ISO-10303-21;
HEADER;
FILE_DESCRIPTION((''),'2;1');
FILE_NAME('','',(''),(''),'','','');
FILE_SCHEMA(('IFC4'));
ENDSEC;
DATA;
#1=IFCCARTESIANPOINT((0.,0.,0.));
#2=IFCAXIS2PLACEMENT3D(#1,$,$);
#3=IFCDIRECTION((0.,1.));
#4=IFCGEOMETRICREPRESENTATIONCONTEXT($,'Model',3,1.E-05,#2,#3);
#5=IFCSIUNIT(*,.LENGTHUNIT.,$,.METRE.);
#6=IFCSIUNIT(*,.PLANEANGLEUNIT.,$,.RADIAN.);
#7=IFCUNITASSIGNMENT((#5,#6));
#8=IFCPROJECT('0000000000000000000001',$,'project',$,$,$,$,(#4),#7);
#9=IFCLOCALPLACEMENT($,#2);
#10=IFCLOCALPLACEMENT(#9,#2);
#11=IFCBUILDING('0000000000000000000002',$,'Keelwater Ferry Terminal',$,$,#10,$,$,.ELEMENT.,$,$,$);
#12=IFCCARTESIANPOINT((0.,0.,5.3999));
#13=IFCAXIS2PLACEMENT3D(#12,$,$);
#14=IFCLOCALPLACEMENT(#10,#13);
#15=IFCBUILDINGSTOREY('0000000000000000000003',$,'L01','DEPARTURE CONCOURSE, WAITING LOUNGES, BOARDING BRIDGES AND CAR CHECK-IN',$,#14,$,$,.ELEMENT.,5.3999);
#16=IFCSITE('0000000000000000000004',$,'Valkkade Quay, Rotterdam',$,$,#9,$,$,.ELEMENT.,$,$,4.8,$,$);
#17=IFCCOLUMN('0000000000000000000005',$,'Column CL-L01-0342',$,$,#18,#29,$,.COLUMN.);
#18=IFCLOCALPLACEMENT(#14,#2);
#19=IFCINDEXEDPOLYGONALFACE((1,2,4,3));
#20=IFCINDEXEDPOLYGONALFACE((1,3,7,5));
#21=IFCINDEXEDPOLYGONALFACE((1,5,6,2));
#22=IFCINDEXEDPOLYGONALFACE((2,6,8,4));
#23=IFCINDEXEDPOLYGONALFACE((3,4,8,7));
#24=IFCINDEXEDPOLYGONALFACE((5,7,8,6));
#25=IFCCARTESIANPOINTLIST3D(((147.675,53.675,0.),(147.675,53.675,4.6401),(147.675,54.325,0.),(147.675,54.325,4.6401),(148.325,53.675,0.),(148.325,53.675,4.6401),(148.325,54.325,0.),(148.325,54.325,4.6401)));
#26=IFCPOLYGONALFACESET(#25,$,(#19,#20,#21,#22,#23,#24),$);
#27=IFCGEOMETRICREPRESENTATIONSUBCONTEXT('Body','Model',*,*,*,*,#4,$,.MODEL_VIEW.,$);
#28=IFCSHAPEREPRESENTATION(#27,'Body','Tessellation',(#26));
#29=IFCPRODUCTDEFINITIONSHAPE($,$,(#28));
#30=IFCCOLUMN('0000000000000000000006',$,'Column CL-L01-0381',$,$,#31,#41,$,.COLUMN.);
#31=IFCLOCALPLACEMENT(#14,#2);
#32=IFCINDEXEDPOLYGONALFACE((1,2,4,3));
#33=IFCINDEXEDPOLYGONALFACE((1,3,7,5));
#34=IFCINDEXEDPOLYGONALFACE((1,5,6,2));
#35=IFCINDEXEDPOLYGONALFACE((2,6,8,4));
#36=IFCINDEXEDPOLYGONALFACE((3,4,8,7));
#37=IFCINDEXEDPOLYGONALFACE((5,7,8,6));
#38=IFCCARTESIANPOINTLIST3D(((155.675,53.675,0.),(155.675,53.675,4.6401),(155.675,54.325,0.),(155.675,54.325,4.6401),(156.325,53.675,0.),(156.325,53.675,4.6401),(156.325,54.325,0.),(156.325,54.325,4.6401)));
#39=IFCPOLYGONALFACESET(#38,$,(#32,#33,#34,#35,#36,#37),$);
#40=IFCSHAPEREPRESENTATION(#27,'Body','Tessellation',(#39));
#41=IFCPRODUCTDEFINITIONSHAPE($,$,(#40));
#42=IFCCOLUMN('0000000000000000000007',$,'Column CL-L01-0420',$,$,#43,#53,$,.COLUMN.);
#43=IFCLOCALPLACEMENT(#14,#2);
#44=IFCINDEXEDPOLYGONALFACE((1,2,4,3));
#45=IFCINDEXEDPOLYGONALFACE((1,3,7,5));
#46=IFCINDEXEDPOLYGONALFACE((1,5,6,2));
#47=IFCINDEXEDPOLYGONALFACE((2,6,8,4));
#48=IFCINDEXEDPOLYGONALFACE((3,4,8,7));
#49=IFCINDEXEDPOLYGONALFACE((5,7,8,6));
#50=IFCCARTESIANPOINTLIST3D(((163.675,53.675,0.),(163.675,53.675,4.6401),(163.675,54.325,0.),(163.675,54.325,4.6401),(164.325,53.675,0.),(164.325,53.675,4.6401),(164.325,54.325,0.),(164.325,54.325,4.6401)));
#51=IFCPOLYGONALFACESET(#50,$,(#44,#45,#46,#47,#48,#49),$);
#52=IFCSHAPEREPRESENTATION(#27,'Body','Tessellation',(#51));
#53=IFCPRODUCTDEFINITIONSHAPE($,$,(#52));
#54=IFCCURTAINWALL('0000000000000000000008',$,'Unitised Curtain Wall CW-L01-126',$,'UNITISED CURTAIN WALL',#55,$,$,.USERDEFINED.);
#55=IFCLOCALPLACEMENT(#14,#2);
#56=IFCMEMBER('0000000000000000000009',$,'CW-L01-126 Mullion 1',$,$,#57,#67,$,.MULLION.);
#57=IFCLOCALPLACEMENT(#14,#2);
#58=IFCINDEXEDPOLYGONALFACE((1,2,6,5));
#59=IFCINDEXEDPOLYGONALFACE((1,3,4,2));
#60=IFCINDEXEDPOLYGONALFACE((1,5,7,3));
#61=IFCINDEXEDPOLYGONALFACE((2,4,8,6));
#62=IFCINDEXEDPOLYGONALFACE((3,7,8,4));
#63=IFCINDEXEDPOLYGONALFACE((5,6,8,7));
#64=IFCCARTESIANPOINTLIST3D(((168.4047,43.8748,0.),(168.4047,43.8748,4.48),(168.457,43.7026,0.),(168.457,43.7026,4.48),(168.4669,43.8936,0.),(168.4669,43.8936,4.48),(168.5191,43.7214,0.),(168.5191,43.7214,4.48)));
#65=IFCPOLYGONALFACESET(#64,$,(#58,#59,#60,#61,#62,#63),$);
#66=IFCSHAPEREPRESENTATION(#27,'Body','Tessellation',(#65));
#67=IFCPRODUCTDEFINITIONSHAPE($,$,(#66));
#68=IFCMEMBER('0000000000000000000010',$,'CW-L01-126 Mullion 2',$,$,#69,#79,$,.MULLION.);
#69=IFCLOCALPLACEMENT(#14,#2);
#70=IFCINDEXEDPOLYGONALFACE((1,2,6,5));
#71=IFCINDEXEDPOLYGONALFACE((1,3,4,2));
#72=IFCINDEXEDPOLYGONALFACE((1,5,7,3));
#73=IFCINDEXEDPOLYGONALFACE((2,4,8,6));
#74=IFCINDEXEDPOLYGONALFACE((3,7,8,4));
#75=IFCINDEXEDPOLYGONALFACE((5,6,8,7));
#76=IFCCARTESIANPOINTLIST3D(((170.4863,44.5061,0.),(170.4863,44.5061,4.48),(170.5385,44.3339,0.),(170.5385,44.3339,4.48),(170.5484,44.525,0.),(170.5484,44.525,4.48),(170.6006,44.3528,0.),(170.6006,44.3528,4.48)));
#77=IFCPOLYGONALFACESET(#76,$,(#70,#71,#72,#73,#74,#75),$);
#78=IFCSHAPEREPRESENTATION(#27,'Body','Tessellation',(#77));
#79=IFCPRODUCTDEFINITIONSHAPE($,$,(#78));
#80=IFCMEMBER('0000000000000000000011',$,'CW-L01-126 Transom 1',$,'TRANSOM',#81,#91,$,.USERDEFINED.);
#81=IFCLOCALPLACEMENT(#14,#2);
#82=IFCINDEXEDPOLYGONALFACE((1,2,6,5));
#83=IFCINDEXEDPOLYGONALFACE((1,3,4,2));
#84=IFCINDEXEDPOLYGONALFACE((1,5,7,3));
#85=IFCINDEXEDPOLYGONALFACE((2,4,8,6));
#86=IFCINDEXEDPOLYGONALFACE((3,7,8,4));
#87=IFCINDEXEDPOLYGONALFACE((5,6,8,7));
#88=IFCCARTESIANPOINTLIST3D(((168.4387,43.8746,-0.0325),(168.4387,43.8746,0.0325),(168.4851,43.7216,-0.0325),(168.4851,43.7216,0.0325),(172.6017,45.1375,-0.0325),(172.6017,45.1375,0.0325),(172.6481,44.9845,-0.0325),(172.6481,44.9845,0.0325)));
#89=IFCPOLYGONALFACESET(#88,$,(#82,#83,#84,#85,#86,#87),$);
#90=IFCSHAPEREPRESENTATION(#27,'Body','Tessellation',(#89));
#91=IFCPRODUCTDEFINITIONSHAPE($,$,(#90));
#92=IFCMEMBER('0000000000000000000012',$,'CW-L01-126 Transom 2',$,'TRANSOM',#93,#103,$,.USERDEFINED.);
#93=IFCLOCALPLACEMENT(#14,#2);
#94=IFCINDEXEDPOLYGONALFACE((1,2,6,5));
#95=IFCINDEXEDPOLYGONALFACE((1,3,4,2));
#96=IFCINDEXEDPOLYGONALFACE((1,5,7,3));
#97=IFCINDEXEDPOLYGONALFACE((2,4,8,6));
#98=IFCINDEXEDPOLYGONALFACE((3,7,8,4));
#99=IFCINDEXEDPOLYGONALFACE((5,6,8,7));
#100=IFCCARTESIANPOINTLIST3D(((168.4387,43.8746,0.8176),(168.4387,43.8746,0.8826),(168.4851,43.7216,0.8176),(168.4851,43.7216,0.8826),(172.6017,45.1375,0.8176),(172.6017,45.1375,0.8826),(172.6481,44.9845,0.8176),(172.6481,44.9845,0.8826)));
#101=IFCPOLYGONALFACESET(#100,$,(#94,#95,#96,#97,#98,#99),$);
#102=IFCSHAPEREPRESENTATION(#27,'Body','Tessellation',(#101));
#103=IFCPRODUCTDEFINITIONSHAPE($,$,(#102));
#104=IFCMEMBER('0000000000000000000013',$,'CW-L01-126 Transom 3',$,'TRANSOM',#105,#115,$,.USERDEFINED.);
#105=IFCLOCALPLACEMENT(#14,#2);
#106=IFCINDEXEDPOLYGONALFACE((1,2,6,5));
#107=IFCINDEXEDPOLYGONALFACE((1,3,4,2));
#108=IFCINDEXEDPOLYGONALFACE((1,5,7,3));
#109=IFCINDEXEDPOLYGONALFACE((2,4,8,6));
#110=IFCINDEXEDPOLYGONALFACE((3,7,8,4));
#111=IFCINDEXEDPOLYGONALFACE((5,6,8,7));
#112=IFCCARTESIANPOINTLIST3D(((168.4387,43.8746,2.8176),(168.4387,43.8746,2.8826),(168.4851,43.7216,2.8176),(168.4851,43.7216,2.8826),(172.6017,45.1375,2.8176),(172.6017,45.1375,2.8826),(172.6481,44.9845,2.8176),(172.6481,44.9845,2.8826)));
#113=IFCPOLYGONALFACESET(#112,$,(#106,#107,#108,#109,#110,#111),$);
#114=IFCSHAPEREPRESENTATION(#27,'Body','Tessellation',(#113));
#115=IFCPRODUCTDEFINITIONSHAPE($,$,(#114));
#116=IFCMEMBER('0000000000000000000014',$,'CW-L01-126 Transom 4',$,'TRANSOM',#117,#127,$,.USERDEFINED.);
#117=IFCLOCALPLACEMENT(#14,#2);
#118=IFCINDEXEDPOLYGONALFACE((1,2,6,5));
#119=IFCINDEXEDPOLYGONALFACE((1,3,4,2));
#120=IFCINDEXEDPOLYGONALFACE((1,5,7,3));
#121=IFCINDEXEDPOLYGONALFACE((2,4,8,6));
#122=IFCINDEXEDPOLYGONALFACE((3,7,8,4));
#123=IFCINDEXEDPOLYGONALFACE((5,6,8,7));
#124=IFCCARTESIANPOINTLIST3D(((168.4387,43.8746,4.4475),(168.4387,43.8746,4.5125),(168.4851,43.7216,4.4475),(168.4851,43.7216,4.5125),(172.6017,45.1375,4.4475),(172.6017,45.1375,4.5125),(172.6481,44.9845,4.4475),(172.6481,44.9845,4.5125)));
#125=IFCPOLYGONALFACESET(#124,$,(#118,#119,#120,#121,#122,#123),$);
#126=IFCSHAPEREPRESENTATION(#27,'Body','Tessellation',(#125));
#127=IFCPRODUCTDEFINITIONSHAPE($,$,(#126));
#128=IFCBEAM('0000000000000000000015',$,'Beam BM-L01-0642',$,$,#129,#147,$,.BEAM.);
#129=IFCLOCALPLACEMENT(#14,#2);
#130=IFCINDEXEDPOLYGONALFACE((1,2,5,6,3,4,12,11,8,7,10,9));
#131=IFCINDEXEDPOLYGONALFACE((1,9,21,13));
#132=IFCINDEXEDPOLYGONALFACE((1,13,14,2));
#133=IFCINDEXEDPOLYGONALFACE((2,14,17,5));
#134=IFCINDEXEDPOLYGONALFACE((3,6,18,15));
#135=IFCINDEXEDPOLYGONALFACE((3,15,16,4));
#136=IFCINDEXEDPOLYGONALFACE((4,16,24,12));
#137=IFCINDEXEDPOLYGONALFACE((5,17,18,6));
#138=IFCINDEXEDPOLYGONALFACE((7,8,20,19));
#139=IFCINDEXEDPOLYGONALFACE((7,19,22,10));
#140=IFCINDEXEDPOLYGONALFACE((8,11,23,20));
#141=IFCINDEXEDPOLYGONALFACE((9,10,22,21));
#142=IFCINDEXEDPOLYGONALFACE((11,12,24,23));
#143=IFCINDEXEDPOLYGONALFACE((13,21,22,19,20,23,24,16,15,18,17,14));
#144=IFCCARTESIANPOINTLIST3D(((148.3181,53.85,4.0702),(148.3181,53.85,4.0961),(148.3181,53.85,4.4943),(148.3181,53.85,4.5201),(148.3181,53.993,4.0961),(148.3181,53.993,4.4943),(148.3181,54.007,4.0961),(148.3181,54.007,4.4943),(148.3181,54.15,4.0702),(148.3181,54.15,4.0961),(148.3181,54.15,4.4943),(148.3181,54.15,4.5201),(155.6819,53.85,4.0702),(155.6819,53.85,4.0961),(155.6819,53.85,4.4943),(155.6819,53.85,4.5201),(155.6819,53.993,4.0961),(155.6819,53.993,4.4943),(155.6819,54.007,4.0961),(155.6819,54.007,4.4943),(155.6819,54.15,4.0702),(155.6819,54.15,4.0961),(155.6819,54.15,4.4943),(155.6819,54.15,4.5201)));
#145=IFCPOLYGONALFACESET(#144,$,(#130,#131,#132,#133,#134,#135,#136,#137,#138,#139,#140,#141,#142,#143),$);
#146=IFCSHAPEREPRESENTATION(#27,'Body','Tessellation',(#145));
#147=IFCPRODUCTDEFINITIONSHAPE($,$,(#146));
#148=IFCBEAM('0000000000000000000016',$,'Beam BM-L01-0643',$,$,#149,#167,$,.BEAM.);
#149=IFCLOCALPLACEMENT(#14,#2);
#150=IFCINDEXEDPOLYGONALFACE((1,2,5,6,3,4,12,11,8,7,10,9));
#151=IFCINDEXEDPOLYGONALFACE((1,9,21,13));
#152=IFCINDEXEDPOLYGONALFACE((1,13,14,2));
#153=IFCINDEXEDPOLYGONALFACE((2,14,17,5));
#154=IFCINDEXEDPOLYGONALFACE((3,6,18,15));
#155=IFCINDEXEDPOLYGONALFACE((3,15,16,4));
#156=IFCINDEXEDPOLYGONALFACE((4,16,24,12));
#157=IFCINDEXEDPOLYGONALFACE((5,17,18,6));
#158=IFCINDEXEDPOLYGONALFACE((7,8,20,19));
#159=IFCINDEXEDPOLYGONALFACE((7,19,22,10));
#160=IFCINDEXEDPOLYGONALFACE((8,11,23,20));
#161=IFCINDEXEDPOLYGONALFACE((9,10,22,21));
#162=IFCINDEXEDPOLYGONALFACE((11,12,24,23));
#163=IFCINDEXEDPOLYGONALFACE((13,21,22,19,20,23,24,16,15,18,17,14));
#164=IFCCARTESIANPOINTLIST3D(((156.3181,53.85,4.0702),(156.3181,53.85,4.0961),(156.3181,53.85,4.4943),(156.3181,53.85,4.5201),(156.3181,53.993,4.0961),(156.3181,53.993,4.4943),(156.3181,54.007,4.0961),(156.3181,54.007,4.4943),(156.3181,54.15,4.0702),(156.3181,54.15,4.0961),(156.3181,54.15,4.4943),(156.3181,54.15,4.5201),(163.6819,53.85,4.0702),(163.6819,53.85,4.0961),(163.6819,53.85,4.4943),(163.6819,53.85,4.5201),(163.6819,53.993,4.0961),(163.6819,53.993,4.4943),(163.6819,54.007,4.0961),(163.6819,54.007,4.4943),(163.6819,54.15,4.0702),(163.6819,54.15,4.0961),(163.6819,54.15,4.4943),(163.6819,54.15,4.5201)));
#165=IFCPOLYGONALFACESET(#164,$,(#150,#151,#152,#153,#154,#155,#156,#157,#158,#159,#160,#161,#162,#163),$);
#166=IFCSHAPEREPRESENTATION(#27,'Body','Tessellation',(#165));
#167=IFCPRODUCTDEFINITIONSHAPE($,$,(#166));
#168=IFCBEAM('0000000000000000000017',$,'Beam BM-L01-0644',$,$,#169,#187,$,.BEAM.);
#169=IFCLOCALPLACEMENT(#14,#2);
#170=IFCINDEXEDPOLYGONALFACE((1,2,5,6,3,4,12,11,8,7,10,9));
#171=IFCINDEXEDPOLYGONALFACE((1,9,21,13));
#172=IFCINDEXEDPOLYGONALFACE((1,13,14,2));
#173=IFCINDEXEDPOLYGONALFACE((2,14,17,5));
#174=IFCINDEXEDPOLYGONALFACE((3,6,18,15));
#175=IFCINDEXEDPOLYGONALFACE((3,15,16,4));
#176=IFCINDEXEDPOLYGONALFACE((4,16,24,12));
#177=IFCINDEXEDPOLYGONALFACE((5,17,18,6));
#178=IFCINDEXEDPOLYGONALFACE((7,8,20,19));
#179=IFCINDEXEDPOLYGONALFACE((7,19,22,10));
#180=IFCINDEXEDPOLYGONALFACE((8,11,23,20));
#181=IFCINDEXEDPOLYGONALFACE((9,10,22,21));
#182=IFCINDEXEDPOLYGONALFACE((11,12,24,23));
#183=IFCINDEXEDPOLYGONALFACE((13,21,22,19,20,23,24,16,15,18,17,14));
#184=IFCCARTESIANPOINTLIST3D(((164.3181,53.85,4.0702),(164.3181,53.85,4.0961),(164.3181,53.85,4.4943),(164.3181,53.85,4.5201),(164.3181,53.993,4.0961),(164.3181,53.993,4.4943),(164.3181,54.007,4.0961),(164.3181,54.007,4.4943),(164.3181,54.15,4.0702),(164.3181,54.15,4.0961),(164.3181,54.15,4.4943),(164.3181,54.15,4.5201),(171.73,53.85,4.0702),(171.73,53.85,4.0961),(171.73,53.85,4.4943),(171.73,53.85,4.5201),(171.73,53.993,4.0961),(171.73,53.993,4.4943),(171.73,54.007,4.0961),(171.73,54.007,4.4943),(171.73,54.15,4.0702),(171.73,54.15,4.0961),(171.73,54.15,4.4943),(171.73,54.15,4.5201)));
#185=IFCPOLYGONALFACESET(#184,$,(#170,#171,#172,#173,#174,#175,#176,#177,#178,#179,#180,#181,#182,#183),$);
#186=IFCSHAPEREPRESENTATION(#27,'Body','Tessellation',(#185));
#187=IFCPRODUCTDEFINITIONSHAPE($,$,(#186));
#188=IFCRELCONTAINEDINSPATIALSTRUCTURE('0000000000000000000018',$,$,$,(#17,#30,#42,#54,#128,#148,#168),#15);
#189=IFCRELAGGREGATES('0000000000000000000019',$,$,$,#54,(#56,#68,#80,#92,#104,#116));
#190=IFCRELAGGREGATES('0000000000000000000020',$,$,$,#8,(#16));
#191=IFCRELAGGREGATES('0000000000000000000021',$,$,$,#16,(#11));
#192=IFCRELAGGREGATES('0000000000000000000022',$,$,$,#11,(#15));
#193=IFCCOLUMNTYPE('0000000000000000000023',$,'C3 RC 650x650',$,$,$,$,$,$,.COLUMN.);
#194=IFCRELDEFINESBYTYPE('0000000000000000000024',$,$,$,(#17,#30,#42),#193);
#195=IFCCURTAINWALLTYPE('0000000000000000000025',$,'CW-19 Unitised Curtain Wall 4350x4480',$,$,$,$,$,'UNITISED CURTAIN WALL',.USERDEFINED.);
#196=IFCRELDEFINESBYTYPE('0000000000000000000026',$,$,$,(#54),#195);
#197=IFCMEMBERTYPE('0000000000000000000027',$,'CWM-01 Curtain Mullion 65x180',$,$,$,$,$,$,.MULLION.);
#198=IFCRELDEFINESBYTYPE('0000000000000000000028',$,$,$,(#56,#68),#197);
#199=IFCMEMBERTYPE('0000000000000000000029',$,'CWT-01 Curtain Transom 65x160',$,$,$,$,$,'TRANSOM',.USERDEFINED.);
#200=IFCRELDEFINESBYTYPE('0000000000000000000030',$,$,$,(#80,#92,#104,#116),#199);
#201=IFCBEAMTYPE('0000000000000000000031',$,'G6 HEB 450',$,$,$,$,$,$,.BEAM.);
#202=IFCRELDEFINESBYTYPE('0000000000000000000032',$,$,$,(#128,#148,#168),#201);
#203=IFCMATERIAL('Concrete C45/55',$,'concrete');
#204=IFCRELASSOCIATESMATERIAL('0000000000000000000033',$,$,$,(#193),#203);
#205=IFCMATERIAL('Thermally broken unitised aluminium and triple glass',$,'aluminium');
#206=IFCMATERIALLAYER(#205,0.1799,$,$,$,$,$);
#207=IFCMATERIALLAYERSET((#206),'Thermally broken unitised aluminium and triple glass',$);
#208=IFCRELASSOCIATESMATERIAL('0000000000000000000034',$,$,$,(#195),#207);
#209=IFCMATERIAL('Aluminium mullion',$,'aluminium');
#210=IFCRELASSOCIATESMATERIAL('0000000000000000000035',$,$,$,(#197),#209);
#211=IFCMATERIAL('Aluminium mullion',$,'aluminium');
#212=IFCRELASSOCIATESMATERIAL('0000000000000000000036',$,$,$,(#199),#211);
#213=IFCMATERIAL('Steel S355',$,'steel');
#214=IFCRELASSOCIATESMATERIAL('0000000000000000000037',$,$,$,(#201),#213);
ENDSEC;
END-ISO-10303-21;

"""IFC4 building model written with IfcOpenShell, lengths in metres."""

from ifc_helpers import new_model, si_unit, direction, frame, origin, origin_2d, place, context, subcontext, project, spatial, rectangle, i_section, extrude, material, layer, layer_set, material_profile, profile_set, type_object, element, aggregate, save


model = new_model("IFC4")

# Units and contexts
model_context = context("Model", 3, precision=1e-05, world=origin(), true_north=direction((0.0, 1.0)))
body_context = subcontext(model_context, "Body", "Model", "MODEL_VIEW")
ifc_project = project(units=[si_unit("LENGTHUNIT", "METRE"), si_unit("PLANEANGLEUNIT", "RADIAN")], contexts=[model_context])

# Site, building, storey
site_placement = place(None, origin())
site = spatial("IfcSite", under=ifc_project, at=site_placement, Name="Valkkade Quay, Rotterdam", CompositionType="ELEMENT", RefElevation=4.8)
building_placement = place(site_placement, origin())
building = spatial("IfcBuilding", under=site, at=building_placement, Name="Keelwater Ferry Terminal", CompositionType="ELEMENT")
storey_placement = place(building_placement, frame((0.0, 0.0, 5.3999)))
storey = spatial("IfcBuildingStorey", under=building, at=storey_placement, Name="L01", Description="DEPARTURE CONCOURSE, WAITING LOUNGES, BOARDING BRIDGES AND CAR CHECK-IN", CompositionType="ELEMENT", Elevation=5.3999)

# Columns
ifc_material_1 = material(Name="Concrete C45/55", Category="concrete")
ifc_material_profile_1 = material_profile(ifc_material_1, rectangle(XDim=0.6499, YDim=0.6499, at=origin_2d()), Name="RC 650x650")
ifc_profile_set_1 = profile_set([ifc_material_profile_1], Name="Concrete C45/55")
column_type = type_object("IfcColumnType", Name="C3 RC 650x650", PredefinedType="COLUMN", material=ifc_profile_set_1)
for number, where, z_axis, x_axis, name in (
    (1, (148.0, 54.0, 0.0), (0.0, 0.0, 1.0), (1.0, 0.0, 0.0), "Column CL-L01-0342"),
    (2, (156.0, 54.0, 0.0), (0.0, 0.0, 1.0), (1.0, 0.0, 0.0), "Column CL-L01-0381"),
    (3, (164.0, 54.0, 0.0), (0.0, 0.0, 1.0), (1.0, 0.0, 0.0), "Column CL-L01-0420"),
):
    element("IfcColumn", number, at=place(storey_placement, frame(where, z_axis=z_axis, x_axis=x_axis)), inside=storey, type_object=column_type, Name=name, PredefinedType="COLUMN", context=body_context, shape_type="SweptSolid", body=[
        extrude(rectangle(XDim=0.6499, YDim=0.6499, at=origin_2d()), origin(), (0.0, 0.0, 1.0), 4.6401),
    ])

# Curtain wall, members
ifc_material_2 = material(Name="Thermally broken unitised aluminium and triple glass", Category="aluminium")
ifc_layer_1 = layer(ifc_material_2, 0.1799)
ifc_layer_set_1 = layer_set([ifc_layer_1], Name="Thermally broken unitised aluminium and triple glass")
curtain_wall_type = type_object("IfcCurtainWallType", Name="CW-19 Unitised Curtain Wall 4350x4480", ElementType="UNITISED CURTAIN WALL", PredefinedType="USERDEFINED", material=ifc_layer_set_1)
curtain_wall_placement = place(storey_placement, origin())
curtain_wall = element("IfcCurtainWall", 4, at=curtain_wall_placement, inside=storey, type_object=curtain_wall_type, Name="Unitised Curtain Wall CW-L01-126", ObjectType="UNITISED CURTAIN WALL", PredefinedType="USERDEFINED")
ifc_material_3 = material(Name="Aluminium mullion", Category="aluminium")
ifc_material_profile_2 = material_profile(ifc_material_3, rectangle(XDim=0.0649, YDim=0.1799, at=origin_2d()), Name="CWM-01")
ifc_profile_set_2 = profile_set([ifc_material_profile_2], Name="Aluminium mullion")
member_type_1 = type_object("IfcMemberType", Name="CWM-01 Curtain Mullion 65x180", PredefinedType="MULLION", material=ifc_profile_set_2)
member_1_placement = place(storey_placement, frame((168.4619, 43.7981, 0.0), z_axis=(0.0, 0.0, 1.0), x_axis=(0.95693, 0.29032, 0.0)))
member_1 = element("IfcMember", 5, at=member_1_placement, type_object=member_type_1, Name="CW-L01-126 Mullion 1", PredefinedType="MULLION", context=body_context, shape_type="SweptSolid", body=[
    extrude(rectangle(XDim=0.0649, YDim=0.1799, at=origin_2d()), origin(), (0.0, 0.0, 1.0), 4.48),
])
member_2_placement = place(storey_placement, frame((170.5435, 44.4294, 0.0), z_axis=(0.0, 0.0, 1.0), x_axis=(0.95693, 0.29032, 0.0)))
member_2 = element("IfcMember", 6, at=member_2_placement, type_object=member_type_1, Name="CW-L01-126 Mullion 2", PredefinedType="MULLION", context=body_context, shape_type="SweptSolid", body=[
    extrude(rectangle(XDim=0.0649, YDim=0.1799, at=origin_2d()), origin(), (0.0, 0.0, 1.0), 4.48),
])
ifc_material_4 = material(Name="Aluminium mullion", Category="aluminium")
ifc_material_profile_3 = material_profile(ifc_material_4, rectangle(XDim=0.1599, YDim=0.0649, at=origin_2d()), Name="CWT-01")
ifc_profile_set_3 = profile_set([ifc_material_profile_3], Name="Aluminium mullion")
member_type_2 = type_object("IfcMemberType", Name="CWT-01 Curtain Transom 65x160", ElementType="TRANSOM", PredefinedType="USERDEFINED", material=ifc_profile_set_3)
member_3_placement = place(storey_placement, frame((168.4619, 43.7981, 0.0), z_axis=(0.956935, 0.290302, 0.0), x_axis=(-0.290302, 0.956935, 0.0)))
member_3 = element("IfcMember", 7, at=member_3_placement, type_object=member_type_2, Name="CW-L01-126 Transom 1", ObjectType="TRANSOM", PredefinedType="USERDEFINED", context=body_context, shape_type="SweptSolid", body=[
    extrude(rectangle(XDim=0.1599, YDim=0.0649, at=origin_2d()), origin(), (0.0, 0.0, 1.0), 4.3503),
])
member_4_placement = place(storey_placement, frame((168.4619, 43.7981, 0.8501), z_axis=(0.956935, 0.290302, 0.0), x_axis=(-0.290302, 0.956935, 0.0)))
member_4 = element("IfcMember", 8, at=member_4_placement, type_object=member_type_2, Name="CW-L01-126 Transom 2", ObjectType="TRANSOM", PredefinedType="USERDEFINED", context=body_context, shape_type="SweptSolid", body=[
    extrude(rectangle(XDim=0.1599, YDim=0.0649, at=origin_2d()), origin(), (0.0, 0.0, 1.0), 4.3503),
])
member_5_placement = place(storey_placement, frame((168.4619, 43.7981, 2.8501), z_axis=(0.956935, 0.290302, 0.0), x_axis=(-0.290302, 0.956935, 0.0)))
member_5 = element("IfcMember", 9, at=member_5_placement, type_object=member_type_2, Name="CW-L01-126 Transom 3", ObjectType="TRANSOM", PredefinedType="USERDEFINED", context=body_context, shape_type="SweptSolid", body=[
    extrude(rectangle(XDim=0.1599, YDim=0.0649, at=origin_2d()), origin(), (0.0, 0.0, 1.0), 4.3503),
])
member_6_placement = place(storey_placement, frame((168.4619, 43.7981, 4.48), z_axis=(0.956935, 0.290302, 0.0), x_axis=(-0.290302, 0.956935, 0.0)))
member_6 = element("IfcMember", 10, at=member_6_placement, type_object=member_type_2, Name="CW-L01-126 Transom 4", ObjectType="TRANSOM", PredefinedType="USERDEFINED", context=body_context, shape_type="SweptSolid", body=[
    extrude(rectangle(XDim=0.1599, YDim=0.0649, at=origin_2d()), origin(), (0.0, 0.0, 1.0), 4.3503),
])

# Beams
ifc_material_5 = material(Name="Steel S355", Category="steel")
ifc_material_profile_4 = material_profile(ifc_material_5, i_section(OverallWidth=0.3, OverallDepth=0.45, WebThickness=0.0139, FlangeThickness=0.0259, at=origin_2d()), Name="HEB 450")
ifc_profile_set_4 = profile_set([ifc_material_profile_4], Name="Steel S355")
beam_type_1 = type_object("IfcBeamType", Name="G6 HEB 450", PredefinedType="BEAM", material=ifc_profile_set_4)
for number, where, z_axis, x_axis, name in (
    (11, (148.3181, 54.0, 4.2952), (1.0, 0.0, 0.0), (0.0, 1.0, 0.0), "Beam BM-L01-0642"),
    (12, (156.3181, 54.0, 4.2952), (1.0, 0.0, 0.0), (0.0, 1.0, 0.0), "Beam BM-L01-0643"),
):
    element("IfcBeam", number, at=place(storey_placement, frame(where, z_axis=z_axis, x_axis=x_axis)), inside=storey, type_object=beam_type_1, Name=name, PredefinedType="BEAM", context=body_context, shape_type="SweptSolid", body=[
        extrude(i_section(OverallWidth=0.3, OverallDepth=0.45, WebThickness=0.0139, FlangeThickness=0.0259, at=origin_2d()), origin(), (0.0, 0.0, 1.0), 7.3638),
    ])
beam_placement = place(storey_placement, frame((164.3181, 54.0, 4.2952), z_axis=(1.0, 0.0, 0.0), x_axis=(0.0, 1.0, 0.0)))
element("IfcBeam", 13, at=beam_placement, inside=storey, type_object=beam_type_1, Name="Beam BM-L01-0644", PredefinedType="BEAM", context=body_context, shape_type="SweptSolid", body=[
    extrude(i_section(OverallWidth=0.3, OverallDepth=0.45, WebThickness=0.0139, FlangeThickness=0.0259, at=origin_2d()), origin(), (0.0, 0.0, 1.0), 7.4119),
])

aggregate(curtain_wall, [member_1, member_2, member_3, member_4, member_5, member_6])

save(model, "model.ifc")
